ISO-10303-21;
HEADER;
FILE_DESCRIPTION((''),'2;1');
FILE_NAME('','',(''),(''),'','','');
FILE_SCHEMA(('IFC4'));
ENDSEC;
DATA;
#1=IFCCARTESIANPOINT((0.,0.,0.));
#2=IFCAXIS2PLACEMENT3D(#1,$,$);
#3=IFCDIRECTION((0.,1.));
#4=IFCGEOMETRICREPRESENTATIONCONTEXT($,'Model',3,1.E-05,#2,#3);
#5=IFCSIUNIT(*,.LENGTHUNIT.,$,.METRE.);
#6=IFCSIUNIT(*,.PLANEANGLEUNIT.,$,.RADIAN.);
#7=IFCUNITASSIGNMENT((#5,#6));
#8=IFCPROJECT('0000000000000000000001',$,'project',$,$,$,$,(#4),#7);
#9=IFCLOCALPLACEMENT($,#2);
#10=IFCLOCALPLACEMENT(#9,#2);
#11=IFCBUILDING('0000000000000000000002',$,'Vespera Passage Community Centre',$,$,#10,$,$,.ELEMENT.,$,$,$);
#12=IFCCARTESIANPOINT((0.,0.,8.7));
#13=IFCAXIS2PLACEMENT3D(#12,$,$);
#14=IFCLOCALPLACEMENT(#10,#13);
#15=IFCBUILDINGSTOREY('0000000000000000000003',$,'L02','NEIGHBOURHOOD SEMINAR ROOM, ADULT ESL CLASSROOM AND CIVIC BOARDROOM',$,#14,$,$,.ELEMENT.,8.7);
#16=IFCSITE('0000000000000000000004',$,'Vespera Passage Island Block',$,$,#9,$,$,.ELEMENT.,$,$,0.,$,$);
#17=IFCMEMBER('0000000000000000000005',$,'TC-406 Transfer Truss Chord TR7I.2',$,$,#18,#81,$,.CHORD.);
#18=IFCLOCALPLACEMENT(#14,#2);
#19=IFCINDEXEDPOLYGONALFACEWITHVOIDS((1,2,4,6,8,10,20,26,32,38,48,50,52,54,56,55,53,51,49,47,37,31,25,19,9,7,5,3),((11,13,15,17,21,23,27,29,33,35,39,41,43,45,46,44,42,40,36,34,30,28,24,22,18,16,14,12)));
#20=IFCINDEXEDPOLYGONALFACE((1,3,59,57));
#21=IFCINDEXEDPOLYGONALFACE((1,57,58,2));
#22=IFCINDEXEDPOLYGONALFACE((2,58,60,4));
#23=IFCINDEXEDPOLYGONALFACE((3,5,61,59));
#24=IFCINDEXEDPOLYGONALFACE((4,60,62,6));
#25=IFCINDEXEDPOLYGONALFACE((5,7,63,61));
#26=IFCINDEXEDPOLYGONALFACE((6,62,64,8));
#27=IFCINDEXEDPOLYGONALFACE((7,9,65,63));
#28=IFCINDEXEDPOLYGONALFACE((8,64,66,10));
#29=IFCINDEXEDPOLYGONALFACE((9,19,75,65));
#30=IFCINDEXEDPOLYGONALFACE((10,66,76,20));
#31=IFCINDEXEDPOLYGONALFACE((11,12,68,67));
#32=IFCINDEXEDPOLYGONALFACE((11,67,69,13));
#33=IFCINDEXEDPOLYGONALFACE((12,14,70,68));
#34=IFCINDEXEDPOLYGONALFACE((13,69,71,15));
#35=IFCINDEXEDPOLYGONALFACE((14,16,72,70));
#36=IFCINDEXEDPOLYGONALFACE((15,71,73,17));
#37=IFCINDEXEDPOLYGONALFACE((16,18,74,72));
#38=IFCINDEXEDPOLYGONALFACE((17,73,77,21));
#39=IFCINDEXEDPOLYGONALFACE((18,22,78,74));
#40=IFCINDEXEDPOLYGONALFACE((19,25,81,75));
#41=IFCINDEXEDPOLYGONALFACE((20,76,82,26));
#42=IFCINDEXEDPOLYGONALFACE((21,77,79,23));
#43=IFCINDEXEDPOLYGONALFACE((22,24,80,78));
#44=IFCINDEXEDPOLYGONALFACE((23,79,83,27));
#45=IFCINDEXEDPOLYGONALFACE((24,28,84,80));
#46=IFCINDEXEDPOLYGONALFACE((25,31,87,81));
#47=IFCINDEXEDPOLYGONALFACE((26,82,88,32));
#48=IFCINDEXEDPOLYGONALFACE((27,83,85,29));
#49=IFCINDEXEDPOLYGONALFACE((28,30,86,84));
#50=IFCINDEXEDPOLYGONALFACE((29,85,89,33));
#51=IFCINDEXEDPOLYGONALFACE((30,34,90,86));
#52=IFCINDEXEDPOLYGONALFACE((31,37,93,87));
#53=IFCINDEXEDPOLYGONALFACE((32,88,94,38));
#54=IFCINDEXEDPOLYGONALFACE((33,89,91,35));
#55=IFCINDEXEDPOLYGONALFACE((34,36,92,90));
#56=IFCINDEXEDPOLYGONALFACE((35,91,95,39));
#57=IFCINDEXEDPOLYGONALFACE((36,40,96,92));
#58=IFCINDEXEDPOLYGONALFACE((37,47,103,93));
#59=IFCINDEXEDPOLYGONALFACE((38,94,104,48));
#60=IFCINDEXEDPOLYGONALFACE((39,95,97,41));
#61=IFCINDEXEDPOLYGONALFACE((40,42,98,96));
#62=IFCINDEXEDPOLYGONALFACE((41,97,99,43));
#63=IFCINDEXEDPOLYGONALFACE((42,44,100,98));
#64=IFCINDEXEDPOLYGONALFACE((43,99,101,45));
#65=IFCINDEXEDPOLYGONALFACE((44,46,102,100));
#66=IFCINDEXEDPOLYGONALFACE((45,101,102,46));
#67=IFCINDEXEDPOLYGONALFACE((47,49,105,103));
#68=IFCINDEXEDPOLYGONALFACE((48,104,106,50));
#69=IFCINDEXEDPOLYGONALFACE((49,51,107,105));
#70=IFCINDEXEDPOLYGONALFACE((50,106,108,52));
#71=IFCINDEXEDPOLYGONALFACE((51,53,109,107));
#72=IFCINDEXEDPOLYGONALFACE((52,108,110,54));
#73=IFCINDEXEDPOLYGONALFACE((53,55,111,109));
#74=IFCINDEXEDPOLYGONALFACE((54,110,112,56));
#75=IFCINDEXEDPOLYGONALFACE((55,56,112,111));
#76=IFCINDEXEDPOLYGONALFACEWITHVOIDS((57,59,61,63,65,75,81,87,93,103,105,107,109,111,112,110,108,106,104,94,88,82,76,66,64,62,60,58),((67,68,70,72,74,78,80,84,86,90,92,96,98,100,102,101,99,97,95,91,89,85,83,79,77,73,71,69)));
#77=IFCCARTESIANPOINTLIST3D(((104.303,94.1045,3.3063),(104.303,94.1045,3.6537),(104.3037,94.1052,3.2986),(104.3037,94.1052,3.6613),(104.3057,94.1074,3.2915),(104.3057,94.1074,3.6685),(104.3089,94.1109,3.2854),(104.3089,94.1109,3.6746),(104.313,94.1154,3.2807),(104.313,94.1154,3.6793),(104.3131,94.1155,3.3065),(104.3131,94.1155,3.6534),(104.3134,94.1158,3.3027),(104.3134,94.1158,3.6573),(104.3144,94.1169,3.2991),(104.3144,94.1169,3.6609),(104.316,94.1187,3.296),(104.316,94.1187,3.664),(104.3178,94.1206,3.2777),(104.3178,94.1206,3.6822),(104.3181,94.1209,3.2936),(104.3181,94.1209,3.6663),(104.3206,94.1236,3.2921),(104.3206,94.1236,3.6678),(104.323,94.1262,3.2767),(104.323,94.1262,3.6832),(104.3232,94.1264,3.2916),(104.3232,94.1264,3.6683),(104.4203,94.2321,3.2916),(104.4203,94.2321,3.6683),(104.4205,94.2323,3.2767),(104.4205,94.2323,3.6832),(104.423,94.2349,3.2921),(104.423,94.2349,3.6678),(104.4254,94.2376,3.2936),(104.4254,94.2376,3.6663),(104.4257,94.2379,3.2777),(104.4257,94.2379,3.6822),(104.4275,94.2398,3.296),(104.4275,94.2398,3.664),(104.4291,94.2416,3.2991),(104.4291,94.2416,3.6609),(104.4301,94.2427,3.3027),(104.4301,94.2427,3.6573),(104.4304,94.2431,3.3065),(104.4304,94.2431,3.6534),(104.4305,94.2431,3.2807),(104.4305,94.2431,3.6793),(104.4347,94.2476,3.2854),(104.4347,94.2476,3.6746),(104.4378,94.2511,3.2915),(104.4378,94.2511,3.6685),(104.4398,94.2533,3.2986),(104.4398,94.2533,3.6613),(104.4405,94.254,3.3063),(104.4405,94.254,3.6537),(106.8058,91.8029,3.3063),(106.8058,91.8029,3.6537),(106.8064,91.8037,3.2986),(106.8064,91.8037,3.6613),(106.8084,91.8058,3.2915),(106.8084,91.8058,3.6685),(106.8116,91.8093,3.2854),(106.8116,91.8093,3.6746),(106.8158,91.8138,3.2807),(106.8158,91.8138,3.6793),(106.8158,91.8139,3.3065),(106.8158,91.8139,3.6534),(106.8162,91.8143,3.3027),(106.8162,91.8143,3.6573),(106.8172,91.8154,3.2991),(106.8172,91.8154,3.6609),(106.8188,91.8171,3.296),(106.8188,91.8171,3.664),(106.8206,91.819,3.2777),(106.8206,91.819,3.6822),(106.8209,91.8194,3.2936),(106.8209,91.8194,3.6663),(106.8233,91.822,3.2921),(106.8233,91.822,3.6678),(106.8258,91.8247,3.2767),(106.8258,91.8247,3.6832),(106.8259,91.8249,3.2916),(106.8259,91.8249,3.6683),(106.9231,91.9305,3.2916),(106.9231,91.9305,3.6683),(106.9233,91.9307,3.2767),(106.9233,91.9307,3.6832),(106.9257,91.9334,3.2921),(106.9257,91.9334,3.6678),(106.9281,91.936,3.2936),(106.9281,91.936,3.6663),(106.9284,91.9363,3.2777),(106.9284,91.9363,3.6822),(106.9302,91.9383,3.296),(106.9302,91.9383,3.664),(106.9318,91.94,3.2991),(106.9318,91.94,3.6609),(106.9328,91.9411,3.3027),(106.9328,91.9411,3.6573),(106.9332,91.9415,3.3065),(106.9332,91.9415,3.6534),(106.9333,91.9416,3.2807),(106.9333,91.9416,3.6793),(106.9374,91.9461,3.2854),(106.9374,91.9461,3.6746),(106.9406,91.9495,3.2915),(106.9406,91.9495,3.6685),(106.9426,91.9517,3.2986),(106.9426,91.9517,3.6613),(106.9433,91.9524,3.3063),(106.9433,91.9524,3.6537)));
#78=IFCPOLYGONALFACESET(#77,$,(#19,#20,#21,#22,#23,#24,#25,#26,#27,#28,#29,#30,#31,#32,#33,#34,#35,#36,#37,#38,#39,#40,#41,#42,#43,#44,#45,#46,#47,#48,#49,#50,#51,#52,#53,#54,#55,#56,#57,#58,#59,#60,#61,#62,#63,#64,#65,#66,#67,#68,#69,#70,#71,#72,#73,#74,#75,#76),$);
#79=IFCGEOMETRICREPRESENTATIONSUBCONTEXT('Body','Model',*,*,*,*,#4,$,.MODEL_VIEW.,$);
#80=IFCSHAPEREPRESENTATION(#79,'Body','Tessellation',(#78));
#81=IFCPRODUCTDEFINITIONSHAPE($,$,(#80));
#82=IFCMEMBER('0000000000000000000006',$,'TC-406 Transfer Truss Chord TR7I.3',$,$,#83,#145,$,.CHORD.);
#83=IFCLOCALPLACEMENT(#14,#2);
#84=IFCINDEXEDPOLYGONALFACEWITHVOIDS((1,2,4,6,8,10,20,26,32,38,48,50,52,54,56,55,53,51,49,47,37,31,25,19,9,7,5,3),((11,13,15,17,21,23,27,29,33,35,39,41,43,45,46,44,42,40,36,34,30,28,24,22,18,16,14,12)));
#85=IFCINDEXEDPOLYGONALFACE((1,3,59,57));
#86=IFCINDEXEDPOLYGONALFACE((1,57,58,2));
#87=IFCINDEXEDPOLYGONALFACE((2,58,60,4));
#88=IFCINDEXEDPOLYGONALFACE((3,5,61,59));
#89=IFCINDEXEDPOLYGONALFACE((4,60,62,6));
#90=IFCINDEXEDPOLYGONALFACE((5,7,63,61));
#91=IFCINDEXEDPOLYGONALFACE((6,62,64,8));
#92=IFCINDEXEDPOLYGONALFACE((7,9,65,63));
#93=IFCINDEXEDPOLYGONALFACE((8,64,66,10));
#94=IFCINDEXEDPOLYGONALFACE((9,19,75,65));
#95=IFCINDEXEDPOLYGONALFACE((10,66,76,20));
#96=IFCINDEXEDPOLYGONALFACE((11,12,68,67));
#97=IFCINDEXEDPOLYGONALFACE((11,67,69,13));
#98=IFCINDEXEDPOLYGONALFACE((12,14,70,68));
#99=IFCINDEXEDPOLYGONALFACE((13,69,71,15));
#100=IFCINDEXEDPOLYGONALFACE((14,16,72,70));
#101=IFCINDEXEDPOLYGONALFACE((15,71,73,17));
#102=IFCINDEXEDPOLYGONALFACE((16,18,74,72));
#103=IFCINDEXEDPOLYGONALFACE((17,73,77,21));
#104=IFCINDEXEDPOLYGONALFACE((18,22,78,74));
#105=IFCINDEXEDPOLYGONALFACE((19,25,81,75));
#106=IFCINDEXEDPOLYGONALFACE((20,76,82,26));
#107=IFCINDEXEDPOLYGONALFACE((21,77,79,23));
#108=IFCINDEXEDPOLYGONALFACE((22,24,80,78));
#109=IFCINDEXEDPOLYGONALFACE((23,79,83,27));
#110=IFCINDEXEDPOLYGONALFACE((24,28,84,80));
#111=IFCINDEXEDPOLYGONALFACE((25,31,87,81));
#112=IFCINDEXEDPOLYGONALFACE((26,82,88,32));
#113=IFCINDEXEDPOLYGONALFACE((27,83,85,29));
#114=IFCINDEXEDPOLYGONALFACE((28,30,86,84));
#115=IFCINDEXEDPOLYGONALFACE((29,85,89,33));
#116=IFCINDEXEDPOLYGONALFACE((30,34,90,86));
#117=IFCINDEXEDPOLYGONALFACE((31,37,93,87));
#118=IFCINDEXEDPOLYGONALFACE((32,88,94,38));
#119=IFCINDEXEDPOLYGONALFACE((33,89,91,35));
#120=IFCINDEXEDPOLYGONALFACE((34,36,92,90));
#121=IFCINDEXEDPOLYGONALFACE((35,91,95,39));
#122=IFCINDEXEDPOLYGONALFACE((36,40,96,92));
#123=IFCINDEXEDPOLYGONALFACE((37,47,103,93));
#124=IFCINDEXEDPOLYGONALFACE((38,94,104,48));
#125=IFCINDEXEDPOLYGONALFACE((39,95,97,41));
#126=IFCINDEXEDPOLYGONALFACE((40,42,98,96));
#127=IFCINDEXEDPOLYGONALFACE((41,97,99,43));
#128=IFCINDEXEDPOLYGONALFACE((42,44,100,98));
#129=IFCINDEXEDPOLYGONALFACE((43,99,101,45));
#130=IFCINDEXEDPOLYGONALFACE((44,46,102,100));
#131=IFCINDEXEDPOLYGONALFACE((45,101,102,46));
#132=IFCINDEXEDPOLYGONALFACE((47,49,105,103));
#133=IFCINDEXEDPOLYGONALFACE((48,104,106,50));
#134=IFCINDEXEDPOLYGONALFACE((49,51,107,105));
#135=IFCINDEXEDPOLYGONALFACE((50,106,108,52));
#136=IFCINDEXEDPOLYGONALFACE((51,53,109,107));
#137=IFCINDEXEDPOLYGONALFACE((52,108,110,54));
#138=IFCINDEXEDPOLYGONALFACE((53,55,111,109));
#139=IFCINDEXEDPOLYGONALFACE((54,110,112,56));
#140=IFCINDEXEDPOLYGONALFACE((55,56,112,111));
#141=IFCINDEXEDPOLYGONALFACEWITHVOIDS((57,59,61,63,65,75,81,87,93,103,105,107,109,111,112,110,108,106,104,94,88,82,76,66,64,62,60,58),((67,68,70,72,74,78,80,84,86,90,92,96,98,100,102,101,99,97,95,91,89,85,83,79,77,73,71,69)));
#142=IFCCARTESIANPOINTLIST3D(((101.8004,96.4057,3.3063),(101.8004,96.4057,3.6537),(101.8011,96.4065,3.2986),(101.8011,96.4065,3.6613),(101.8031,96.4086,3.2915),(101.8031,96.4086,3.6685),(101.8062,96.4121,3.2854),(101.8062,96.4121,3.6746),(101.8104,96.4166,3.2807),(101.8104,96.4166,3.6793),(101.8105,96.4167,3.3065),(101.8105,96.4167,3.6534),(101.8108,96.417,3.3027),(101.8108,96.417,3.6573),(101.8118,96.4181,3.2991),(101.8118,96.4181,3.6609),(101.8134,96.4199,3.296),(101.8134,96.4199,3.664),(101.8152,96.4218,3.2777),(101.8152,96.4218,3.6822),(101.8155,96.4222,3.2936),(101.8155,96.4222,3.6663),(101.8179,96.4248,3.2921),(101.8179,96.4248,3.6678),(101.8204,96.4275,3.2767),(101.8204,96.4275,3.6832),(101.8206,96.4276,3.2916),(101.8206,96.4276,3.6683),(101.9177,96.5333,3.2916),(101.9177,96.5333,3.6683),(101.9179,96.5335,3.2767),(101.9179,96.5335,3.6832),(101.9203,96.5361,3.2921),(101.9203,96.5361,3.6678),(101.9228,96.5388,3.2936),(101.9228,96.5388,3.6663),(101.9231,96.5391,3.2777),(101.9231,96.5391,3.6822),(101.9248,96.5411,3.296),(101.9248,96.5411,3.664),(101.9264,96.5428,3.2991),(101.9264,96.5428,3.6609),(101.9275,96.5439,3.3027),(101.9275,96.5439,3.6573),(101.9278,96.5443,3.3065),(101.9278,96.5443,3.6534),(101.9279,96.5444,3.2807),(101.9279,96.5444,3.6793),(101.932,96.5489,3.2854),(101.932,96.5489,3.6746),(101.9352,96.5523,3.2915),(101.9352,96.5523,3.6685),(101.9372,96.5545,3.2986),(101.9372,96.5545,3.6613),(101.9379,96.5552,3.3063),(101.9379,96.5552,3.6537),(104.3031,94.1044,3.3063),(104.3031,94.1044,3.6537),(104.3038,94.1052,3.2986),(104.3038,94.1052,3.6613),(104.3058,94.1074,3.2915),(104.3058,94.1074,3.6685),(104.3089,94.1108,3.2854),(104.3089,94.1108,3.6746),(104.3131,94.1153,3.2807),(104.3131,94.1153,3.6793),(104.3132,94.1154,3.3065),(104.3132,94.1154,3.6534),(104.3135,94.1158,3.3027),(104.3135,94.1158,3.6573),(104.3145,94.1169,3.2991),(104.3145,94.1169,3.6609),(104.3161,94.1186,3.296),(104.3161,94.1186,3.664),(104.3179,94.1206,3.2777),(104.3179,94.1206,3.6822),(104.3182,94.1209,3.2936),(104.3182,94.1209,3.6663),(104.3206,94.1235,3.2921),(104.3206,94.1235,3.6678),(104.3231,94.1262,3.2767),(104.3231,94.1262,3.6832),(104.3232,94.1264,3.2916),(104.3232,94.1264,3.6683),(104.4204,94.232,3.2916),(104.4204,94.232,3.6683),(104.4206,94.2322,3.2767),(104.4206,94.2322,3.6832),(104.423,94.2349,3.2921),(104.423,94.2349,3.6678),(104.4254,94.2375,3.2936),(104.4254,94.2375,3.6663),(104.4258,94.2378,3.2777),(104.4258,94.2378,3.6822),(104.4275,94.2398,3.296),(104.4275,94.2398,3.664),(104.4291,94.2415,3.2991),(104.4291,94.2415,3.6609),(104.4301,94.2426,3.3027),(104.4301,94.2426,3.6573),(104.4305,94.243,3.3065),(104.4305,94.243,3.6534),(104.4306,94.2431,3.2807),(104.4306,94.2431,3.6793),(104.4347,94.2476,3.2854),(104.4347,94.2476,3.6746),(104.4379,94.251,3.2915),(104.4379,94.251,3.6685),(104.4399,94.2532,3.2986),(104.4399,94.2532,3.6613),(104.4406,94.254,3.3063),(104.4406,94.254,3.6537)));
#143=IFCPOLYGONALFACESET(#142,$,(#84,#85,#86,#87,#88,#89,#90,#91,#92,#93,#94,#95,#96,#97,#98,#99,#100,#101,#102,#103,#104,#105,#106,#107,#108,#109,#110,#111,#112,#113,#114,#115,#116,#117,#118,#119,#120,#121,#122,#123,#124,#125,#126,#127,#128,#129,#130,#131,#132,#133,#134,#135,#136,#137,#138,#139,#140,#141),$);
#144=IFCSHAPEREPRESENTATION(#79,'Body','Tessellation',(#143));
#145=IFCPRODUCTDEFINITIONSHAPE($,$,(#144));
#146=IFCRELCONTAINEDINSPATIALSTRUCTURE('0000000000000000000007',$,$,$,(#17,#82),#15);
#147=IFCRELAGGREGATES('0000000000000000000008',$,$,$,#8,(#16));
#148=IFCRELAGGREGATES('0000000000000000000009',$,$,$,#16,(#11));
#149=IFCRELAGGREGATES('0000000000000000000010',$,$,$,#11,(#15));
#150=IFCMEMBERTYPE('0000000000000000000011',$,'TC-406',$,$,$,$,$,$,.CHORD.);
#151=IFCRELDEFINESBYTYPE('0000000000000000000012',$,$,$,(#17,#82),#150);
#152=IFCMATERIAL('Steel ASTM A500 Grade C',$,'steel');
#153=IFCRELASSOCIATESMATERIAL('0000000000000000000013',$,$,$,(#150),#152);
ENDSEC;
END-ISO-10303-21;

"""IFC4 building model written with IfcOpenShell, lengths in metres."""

from ifc_helpers import new_model, si_unit, direction, frame, origin, origin_2d, place, context, subcontext, project, spatial, hollow_rectangle, extrude, material, material_profile, profile_set, type_object, element, save


model = new_model("IFC4")

# Units and contexts
model_context = context("Model", 3, precision=1e-05, world=origin(), true_north=direction((0.0, 1.0)))
body_context = subcontext(model_context, "Body", "Model", "MODEL_VIEW")
ifc_project = project(units=[si_unit("LENGTHUNIT", "METRE"), si_unit("PLANEANGLEUNIT", "RADIAN")], contexts=[model_context])

# Site, building, storey
site_placement = place(None, origin())
site = spatial("IfcSite", under=ifc_project, at=site_placement, Name="Vespera Passage Island Block", CompositionType="ELEMENT", RefElevation=0.0)
building_placement = place(site_placement, origin())
building = spatial("IfcBuilding", under=site, at=building_placement, Name="Vespera Passage Community Centre", CompositionType="ELEMENT")
storey_placement = place(building_placement, frame((0.0, 0.0, 8.7)))
storey = spatial("IfcBuildingStorey", under=building, at=storey_placement, Name="L02", Description="NEIGHBOURHOOD SEMINAR ROOM, ADULT ESL CLASSROOM AND CIVIC BOARDROOM", CompositionType="ELEMENT", Elevation=8.7)

# Members
ifc_material_1 = material(Name="Steel ASTM A500 Grade C", Category="steel")
ifc_material_profile_1 = material_profile(ifc_material_1, hollow_rectangle(XDim=0.2031, YDim=0.4065, WallThickness=0.0149, InnerFilletRadius=0.0149, OuterFilletRadius=0.0295, at=origin_2d()), Name="HSS406X203X15.9")
ifc_profile_set_1 = profile_set([ifc_material_profile_1], Name="Steel ASTM A500 Grade C")
member_type_1 = type_object("IfcMemberType", Name="TC-406", PredefinedType="CHORD", material=ifc_profile_set_1)
member_1_placement = place(storey_placement, frame((106.8745, 91.8777, 3.48), z_axis=(-0.736071, 0.676904, 0.0), x_axis=(-0.676904, -0.736071, 0.0)))
element("IfcMember", 1, at=member_1_placement, inside=storey, type_object=member_type_1, Name="TC-406 Transfer Truss Chord TR7I.2", PredefinedType="CHORD", context=body_context, shape_type="SweptSolid", body=[
    extrude(hollow_rectangle(XDim=0.2031, YDim=0.4065, WallThickness=0.0149, InnerFilletRadius=0.0149, OuterFilletRadius=0.0295, at=origin_2d()), origin(), (0.0, 0.0, 1.0), 3.4001),
])
for number, where, z_axis, x_axis, name in (
    (2, (104.3718, 94.1792, 3.48), (-0.736107, 0.676865, 0.0), (-0.676865, -0.736107, 0.0), "TC-406 Transfer Truss Chord TR7I.3"),
):
    element("IfcMember", number, at=place(storey_placement, frame(where, z_axis=z_axis, x_axis=x_axis)), inside=storey, type_object=member_type_1, Name=name, PredefinedType="CHORD", context=body_context, shape_type="SweptSolid", body=[
        extrude(hollow_rectangle(XDim=0.2031, YDim=0.4065, WallThickness=0.0149, InnerFilletRadius=0.0149, OuterFilletRadius=0.0295, at=origin_2d()), origin(), (0.0, 0.0, 1.0), 3.3999),
    ])

save(model, "model.ifc")
